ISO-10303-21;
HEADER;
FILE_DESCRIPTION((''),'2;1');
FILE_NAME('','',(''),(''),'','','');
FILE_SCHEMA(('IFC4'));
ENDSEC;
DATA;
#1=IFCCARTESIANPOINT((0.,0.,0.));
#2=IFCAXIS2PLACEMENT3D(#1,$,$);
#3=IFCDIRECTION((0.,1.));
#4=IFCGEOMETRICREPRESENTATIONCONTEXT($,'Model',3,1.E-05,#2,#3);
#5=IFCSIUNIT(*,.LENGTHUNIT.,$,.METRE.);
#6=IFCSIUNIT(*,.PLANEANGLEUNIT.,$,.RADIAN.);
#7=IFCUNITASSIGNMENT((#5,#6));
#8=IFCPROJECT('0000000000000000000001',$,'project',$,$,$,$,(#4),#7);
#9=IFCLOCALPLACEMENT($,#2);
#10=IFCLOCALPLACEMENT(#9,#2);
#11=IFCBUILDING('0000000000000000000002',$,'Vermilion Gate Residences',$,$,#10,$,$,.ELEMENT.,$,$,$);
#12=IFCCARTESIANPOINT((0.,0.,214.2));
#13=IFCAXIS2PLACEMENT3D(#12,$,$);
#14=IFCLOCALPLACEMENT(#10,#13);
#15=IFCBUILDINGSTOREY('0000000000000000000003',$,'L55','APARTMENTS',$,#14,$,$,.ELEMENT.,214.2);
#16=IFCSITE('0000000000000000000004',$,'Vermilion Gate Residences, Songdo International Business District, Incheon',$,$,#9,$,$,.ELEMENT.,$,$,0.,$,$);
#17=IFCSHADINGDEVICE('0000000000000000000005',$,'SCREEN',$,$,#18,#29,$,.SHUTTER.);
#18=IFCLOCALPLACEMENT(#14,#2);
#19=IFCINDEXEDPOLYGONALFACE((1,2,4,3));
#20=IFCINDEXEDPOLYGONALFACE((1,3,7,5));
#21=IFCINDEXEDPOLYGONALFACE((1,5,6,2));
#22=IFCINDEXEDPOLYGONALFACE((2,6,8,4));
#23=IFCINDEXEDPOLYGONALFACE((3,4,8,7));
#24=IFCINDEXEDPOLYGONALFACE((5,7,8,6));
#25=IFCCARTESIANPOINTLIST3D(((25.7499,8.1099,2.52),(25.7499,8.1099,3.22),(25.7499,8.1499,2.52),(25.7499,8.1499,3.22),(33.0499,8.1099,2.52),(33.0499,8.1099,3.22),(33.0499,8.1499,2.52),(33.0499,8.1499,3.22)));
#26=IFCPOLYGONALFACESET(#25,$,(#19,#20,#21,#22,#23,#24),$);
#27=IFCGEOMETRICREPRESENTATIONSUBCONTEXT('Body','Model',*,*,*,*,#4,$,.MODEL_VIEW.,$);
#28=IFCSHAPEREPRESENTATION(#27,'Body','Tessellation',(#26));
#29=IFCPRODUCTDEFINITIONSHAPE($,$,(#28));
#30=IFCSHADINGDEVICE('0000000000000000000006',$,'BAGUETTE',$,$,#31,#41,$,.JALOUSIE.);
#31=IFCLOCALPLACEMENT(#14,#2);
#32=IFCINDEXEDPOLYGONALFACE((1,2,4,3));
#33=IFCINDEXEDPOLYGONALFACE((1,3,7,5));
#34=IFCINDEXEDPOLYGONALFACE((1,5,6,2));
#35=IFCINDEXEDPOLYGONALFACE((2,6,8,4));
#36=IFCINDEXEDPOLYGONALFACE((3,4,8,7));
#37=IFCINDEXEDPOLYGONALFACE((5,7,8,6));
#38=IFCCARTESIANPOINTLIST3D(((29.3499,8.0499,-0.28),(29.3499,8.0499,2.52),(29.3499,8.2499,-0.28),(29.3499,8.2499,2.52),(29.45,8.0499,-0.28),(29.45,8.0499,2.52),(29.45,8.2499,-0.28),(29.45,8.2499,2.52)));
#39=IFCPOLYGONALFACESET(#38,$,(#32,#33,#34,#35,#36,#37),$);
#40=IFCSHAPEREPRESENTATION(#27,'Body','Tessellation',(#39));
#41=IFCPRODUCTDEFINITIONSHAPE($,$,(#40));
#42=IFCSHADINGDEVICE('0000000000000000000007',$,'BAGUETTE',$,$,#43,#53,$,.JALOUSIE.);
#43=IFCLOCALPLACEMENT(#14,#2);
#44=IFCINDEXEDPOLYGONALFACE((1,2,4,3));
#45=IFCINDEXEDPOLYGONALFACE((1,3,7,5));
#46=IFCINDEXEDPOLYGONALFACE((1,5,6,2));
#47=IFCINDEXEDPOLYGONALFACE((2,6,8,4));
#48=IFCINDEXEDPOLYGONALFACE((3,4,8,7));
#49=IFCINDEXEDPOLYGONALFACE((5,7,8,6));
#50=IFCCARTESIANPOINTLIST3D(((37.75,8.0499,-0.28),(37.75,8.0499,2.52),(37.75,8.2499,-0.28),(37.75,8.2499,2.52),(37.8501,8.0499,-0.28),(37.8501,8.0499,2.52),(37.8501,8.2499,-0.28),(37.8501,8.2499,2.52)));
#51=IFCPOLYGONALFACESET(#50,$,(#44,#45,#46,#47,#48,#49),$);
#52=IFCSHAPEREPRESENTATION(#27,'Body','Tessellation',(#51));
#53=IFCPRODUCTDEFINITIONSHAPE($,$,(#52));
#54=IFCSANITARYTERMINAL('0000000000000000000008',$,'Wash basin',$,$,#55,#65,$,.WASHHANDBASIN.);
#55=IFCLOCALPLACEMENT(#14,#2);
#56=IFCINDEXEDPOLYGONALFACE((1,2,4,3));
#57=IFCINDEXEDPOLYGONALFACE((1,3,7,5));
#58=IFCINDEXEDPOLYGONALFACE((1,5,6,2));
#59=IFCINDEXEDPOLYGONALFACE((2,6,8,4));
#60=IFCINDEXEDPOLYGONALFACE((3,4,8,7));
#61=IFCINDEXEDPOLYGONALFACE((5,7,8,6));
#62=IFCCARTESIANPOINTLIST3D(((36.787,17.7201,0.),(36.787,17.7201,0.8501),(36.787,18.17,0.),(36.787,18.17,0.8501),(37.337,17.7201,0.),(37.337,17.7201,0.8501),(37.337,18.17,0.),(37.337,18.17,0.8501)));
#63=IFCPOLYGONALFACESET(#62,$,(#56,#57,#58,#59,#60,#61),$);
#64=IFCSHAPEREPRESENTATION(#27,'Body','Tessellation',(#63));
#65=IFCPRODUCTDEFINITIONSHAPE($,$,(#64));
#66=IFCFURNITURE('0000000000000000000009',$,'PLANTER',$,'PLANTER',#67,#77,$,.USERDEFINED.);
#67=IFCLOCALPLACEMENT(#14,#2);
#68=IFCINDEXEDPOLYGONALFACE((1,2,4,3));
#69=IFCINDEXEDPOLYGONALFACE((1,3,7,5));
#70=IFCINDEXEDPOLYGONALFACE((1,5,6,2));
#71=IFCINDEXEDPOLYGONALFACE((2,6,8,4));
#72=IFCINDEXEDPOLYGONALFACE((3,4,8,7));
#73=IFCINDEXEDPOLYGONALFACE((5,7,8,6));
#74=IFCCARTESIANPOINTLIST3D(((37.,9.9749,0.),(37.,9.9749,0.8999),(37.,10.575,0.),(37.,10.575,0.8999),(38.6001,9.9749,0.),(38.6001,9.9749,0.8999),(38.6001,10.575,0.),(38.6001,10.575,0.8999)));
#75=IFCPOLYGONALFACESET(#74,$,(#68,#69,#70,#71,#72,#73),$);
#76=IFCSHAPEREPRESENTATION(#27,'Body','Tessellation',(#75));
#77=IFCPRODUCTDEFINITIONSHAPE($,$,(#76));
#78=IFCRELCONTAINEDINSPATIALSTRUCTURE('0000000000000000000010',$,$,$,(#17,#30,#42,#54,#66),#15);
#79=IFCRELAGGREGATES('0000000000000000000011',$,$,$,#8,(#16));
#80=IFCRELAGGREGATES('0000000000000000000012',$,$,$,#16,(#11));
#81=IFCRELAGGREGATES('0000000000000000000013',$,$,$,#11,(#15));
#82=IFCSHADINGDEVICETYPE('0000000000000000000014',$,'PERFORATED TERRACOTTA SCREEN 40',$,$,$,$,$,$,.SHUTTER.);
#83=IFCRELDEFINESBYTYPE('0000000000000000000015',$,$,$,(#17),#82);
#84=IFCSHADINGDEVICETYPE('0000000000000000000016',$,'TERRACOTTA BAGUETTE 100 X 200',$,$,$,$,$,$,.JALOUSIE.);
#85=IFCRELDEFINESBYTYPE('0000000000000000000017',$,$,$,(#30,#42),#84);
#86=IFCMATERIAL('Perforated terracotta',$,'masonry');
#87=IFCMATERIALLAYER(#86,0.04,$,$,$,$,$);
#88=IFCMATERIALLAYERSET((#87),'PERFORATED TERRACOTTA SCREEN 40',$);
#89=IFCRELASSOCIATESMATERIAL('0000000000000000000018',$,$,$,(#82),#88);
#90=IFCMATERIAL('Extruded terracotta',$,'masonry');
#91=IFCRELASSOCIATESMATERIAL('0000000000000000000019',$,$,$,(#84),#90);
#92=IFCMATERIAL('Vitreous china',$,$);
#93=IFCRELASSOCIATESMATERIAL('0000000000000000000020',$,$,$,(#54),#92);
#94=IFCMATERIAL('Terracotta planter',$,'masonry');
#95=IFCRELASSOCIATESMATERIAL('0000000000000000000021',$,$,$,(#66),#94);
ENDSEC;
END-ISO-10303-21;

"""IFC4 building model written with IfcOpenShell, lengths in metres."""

from ifc_helpers import new_model, si_unit, direction, frame, origin, origin_2d, place, context, subcontext, project, spatial, rectangle, extrude, material, layer, layer_set, material_profile, profile_set, type_object, element, save


model = new_model("IFC4")

# Units and contexts
model_context = context("Model", 3, precision=1e-05, world=origin(), true_north=direction((0.0, 1.0)))
body_context = subcontext(model_context, "Body", "Model", "MODEL_VIEW")
ifc_project = project(units=[si_unit("LENGTHUNIT", "METRE"), si_unit("PLANEANGLEUNIT", "RADIAN")], contexts=[model_context])

# Site, building, storey
site_placement = place(None, origin())
site = spatial("IfcSite", under=ifc_project, at=site_placement, Name="Vermilion Gate Residences, Songdo International Business District, Incheon", CompositionType="ELEMENT", RefElevation=0.0)
building_placement = place(site_placement, origin())
building = spatial("IfcBuilding", under=site, at=building_placement, Name="Vermilion Gate Residences", CompositionType="ELEMENT")
storey_placement = place(building_placement, frame((0.0, 0.0, 214.2)))
storey = spatial("IfcBuildingStorey", under=building, at=storey_placement, Name="L55", Description="APARTMENTS", CompositionType="ELEMENT", Elevation=214.2)

# Shading devices
ifc_material_1 = material(Name="Perforated terracotta", Category="masonry")
ifc_layer_1 = layer(ifc_material_1, 0.04)
ifc_layer_set_1 = layer_set([ifc_layer_1], Name="PERFORATED TERRACOTTA SCREEN 40")
shading_device_type_1 = type_object("IfcShadingDeviceType", Name="PERFORATED TERRACOTTA SCREEN 40", PredefinedType="SHUTTER", material=ifc_layer_set_1)
shading_device_placement = place(storey_placement, frame((29.3999, 8.1299, 2.52), z_axis=(0.0, 0.0, 1.0), x_axis=(1.0, 0.0, 0.0)))
element("IfcShadingDevice", 1, at=shading_device_placement, inside=storey, type_object=shading_device_type_1, Name="SCREEN", PredefinedType="SHUTTER", context=body_context, shape_type="SweptSolid", body=[
    extrude(rectangle(XDim=7.3, YDim=0.04, at=origin_2d()), origin(), (0.0, 0.0, 1.0), 0.7),
])
ifc_material_2 = material(Name="Extruded terracotta", Category="masonry")
ifc_material_profile_1 = material_profile(ifc_material_2, rectangle(XDim=0.2, YDim=0.1001, at=origin_2d()), Name="BAGUETTE 100 X 200")
ifc_profile_set_1 = profile_set([ifc_material_profile_1], Name="Extruded terracotta")
shading_device_type_2 = type_object("IfcShadingDeviceType", Name="TERRACOTTA BAGUETTE 100 X 200", PredefinedType="JALOUSIE", material=ifc_profile_set_1)
for number, where, z_axis, x_axis, name in (
    (2, (29.3999, 8.1499, -0.28), (0.0, 0.0, 1.0), (0.0, 1.0, 0.0), "BAGUETTE"),
    (3, (37.8, 8.1499, -0.28), (0.0, 0.0, 1.0), (0.0, 1.0, 0.0), "BAGUETTE"),
):
    element("IfcShadingDevice", number, at=place(storey_placement, frame(where, z_axis=z_axis, x_axis=x_axis)), inside=storey, type_object=shading_device_type_2, Name=name, PredefinedType="JALOUSIE", context=body_context, shape_type="SweptSolid", body=[
        extrude(rectangle(XDim=0.2, YDim=0.1001, at=origin_2d()), origin(), (0.0, 0.0, 1.0), 2.8),
    ])

# Sanitary terminal
ifc_material_3 = material(Name="Vitreous china")
sanitary_terminal_placement = place(storey_placement, frame((37.062, 17.9451, 0.0), z_axis=(0.0, 0.0, 1.0), x_axis=(1.0, 0.0, 0.0)))
element("IfcSanitaryTerminal", 4, at=sanitary_terminal_placement, inside=storey, material=ifc_material_3, Name="Wash basin", PredefinedType="WASHHANDBASIN", context=body_context, shape_type="SweptSolid", body=[
    extrude(rectangle(XDim=0.55, YDim=0.45, at=origin_2d()), origin(), (0.0, 0.0, 1.0), 0.8501),
])

# Furniture
ifc_material_4 = material(Name="Terracotta planter", Category="masonry")
furniture_placement = place(storey_placement, frame((37.8, 10.2749, 0.0), z_axis=(0.0, 0.0, 1.0), x_axis=(1.0, 0.0, 0.0)))
element("IfcFurniture", 5, at=furniture_placement, inside=storey, material=ifc_material_4, Name="PLANTER", ObjectType="PLANTER", PredefinedType="USERDEFINED", context=body_context, shape_type="SweptSolid", body=[
    extrude(rectangle(XDim=1.6001, YDim=0.6001, at=origin_2d()), origin(), (0.0, 0.0, 1.0), 0.8999),
])

save(model, "model.ifc")
